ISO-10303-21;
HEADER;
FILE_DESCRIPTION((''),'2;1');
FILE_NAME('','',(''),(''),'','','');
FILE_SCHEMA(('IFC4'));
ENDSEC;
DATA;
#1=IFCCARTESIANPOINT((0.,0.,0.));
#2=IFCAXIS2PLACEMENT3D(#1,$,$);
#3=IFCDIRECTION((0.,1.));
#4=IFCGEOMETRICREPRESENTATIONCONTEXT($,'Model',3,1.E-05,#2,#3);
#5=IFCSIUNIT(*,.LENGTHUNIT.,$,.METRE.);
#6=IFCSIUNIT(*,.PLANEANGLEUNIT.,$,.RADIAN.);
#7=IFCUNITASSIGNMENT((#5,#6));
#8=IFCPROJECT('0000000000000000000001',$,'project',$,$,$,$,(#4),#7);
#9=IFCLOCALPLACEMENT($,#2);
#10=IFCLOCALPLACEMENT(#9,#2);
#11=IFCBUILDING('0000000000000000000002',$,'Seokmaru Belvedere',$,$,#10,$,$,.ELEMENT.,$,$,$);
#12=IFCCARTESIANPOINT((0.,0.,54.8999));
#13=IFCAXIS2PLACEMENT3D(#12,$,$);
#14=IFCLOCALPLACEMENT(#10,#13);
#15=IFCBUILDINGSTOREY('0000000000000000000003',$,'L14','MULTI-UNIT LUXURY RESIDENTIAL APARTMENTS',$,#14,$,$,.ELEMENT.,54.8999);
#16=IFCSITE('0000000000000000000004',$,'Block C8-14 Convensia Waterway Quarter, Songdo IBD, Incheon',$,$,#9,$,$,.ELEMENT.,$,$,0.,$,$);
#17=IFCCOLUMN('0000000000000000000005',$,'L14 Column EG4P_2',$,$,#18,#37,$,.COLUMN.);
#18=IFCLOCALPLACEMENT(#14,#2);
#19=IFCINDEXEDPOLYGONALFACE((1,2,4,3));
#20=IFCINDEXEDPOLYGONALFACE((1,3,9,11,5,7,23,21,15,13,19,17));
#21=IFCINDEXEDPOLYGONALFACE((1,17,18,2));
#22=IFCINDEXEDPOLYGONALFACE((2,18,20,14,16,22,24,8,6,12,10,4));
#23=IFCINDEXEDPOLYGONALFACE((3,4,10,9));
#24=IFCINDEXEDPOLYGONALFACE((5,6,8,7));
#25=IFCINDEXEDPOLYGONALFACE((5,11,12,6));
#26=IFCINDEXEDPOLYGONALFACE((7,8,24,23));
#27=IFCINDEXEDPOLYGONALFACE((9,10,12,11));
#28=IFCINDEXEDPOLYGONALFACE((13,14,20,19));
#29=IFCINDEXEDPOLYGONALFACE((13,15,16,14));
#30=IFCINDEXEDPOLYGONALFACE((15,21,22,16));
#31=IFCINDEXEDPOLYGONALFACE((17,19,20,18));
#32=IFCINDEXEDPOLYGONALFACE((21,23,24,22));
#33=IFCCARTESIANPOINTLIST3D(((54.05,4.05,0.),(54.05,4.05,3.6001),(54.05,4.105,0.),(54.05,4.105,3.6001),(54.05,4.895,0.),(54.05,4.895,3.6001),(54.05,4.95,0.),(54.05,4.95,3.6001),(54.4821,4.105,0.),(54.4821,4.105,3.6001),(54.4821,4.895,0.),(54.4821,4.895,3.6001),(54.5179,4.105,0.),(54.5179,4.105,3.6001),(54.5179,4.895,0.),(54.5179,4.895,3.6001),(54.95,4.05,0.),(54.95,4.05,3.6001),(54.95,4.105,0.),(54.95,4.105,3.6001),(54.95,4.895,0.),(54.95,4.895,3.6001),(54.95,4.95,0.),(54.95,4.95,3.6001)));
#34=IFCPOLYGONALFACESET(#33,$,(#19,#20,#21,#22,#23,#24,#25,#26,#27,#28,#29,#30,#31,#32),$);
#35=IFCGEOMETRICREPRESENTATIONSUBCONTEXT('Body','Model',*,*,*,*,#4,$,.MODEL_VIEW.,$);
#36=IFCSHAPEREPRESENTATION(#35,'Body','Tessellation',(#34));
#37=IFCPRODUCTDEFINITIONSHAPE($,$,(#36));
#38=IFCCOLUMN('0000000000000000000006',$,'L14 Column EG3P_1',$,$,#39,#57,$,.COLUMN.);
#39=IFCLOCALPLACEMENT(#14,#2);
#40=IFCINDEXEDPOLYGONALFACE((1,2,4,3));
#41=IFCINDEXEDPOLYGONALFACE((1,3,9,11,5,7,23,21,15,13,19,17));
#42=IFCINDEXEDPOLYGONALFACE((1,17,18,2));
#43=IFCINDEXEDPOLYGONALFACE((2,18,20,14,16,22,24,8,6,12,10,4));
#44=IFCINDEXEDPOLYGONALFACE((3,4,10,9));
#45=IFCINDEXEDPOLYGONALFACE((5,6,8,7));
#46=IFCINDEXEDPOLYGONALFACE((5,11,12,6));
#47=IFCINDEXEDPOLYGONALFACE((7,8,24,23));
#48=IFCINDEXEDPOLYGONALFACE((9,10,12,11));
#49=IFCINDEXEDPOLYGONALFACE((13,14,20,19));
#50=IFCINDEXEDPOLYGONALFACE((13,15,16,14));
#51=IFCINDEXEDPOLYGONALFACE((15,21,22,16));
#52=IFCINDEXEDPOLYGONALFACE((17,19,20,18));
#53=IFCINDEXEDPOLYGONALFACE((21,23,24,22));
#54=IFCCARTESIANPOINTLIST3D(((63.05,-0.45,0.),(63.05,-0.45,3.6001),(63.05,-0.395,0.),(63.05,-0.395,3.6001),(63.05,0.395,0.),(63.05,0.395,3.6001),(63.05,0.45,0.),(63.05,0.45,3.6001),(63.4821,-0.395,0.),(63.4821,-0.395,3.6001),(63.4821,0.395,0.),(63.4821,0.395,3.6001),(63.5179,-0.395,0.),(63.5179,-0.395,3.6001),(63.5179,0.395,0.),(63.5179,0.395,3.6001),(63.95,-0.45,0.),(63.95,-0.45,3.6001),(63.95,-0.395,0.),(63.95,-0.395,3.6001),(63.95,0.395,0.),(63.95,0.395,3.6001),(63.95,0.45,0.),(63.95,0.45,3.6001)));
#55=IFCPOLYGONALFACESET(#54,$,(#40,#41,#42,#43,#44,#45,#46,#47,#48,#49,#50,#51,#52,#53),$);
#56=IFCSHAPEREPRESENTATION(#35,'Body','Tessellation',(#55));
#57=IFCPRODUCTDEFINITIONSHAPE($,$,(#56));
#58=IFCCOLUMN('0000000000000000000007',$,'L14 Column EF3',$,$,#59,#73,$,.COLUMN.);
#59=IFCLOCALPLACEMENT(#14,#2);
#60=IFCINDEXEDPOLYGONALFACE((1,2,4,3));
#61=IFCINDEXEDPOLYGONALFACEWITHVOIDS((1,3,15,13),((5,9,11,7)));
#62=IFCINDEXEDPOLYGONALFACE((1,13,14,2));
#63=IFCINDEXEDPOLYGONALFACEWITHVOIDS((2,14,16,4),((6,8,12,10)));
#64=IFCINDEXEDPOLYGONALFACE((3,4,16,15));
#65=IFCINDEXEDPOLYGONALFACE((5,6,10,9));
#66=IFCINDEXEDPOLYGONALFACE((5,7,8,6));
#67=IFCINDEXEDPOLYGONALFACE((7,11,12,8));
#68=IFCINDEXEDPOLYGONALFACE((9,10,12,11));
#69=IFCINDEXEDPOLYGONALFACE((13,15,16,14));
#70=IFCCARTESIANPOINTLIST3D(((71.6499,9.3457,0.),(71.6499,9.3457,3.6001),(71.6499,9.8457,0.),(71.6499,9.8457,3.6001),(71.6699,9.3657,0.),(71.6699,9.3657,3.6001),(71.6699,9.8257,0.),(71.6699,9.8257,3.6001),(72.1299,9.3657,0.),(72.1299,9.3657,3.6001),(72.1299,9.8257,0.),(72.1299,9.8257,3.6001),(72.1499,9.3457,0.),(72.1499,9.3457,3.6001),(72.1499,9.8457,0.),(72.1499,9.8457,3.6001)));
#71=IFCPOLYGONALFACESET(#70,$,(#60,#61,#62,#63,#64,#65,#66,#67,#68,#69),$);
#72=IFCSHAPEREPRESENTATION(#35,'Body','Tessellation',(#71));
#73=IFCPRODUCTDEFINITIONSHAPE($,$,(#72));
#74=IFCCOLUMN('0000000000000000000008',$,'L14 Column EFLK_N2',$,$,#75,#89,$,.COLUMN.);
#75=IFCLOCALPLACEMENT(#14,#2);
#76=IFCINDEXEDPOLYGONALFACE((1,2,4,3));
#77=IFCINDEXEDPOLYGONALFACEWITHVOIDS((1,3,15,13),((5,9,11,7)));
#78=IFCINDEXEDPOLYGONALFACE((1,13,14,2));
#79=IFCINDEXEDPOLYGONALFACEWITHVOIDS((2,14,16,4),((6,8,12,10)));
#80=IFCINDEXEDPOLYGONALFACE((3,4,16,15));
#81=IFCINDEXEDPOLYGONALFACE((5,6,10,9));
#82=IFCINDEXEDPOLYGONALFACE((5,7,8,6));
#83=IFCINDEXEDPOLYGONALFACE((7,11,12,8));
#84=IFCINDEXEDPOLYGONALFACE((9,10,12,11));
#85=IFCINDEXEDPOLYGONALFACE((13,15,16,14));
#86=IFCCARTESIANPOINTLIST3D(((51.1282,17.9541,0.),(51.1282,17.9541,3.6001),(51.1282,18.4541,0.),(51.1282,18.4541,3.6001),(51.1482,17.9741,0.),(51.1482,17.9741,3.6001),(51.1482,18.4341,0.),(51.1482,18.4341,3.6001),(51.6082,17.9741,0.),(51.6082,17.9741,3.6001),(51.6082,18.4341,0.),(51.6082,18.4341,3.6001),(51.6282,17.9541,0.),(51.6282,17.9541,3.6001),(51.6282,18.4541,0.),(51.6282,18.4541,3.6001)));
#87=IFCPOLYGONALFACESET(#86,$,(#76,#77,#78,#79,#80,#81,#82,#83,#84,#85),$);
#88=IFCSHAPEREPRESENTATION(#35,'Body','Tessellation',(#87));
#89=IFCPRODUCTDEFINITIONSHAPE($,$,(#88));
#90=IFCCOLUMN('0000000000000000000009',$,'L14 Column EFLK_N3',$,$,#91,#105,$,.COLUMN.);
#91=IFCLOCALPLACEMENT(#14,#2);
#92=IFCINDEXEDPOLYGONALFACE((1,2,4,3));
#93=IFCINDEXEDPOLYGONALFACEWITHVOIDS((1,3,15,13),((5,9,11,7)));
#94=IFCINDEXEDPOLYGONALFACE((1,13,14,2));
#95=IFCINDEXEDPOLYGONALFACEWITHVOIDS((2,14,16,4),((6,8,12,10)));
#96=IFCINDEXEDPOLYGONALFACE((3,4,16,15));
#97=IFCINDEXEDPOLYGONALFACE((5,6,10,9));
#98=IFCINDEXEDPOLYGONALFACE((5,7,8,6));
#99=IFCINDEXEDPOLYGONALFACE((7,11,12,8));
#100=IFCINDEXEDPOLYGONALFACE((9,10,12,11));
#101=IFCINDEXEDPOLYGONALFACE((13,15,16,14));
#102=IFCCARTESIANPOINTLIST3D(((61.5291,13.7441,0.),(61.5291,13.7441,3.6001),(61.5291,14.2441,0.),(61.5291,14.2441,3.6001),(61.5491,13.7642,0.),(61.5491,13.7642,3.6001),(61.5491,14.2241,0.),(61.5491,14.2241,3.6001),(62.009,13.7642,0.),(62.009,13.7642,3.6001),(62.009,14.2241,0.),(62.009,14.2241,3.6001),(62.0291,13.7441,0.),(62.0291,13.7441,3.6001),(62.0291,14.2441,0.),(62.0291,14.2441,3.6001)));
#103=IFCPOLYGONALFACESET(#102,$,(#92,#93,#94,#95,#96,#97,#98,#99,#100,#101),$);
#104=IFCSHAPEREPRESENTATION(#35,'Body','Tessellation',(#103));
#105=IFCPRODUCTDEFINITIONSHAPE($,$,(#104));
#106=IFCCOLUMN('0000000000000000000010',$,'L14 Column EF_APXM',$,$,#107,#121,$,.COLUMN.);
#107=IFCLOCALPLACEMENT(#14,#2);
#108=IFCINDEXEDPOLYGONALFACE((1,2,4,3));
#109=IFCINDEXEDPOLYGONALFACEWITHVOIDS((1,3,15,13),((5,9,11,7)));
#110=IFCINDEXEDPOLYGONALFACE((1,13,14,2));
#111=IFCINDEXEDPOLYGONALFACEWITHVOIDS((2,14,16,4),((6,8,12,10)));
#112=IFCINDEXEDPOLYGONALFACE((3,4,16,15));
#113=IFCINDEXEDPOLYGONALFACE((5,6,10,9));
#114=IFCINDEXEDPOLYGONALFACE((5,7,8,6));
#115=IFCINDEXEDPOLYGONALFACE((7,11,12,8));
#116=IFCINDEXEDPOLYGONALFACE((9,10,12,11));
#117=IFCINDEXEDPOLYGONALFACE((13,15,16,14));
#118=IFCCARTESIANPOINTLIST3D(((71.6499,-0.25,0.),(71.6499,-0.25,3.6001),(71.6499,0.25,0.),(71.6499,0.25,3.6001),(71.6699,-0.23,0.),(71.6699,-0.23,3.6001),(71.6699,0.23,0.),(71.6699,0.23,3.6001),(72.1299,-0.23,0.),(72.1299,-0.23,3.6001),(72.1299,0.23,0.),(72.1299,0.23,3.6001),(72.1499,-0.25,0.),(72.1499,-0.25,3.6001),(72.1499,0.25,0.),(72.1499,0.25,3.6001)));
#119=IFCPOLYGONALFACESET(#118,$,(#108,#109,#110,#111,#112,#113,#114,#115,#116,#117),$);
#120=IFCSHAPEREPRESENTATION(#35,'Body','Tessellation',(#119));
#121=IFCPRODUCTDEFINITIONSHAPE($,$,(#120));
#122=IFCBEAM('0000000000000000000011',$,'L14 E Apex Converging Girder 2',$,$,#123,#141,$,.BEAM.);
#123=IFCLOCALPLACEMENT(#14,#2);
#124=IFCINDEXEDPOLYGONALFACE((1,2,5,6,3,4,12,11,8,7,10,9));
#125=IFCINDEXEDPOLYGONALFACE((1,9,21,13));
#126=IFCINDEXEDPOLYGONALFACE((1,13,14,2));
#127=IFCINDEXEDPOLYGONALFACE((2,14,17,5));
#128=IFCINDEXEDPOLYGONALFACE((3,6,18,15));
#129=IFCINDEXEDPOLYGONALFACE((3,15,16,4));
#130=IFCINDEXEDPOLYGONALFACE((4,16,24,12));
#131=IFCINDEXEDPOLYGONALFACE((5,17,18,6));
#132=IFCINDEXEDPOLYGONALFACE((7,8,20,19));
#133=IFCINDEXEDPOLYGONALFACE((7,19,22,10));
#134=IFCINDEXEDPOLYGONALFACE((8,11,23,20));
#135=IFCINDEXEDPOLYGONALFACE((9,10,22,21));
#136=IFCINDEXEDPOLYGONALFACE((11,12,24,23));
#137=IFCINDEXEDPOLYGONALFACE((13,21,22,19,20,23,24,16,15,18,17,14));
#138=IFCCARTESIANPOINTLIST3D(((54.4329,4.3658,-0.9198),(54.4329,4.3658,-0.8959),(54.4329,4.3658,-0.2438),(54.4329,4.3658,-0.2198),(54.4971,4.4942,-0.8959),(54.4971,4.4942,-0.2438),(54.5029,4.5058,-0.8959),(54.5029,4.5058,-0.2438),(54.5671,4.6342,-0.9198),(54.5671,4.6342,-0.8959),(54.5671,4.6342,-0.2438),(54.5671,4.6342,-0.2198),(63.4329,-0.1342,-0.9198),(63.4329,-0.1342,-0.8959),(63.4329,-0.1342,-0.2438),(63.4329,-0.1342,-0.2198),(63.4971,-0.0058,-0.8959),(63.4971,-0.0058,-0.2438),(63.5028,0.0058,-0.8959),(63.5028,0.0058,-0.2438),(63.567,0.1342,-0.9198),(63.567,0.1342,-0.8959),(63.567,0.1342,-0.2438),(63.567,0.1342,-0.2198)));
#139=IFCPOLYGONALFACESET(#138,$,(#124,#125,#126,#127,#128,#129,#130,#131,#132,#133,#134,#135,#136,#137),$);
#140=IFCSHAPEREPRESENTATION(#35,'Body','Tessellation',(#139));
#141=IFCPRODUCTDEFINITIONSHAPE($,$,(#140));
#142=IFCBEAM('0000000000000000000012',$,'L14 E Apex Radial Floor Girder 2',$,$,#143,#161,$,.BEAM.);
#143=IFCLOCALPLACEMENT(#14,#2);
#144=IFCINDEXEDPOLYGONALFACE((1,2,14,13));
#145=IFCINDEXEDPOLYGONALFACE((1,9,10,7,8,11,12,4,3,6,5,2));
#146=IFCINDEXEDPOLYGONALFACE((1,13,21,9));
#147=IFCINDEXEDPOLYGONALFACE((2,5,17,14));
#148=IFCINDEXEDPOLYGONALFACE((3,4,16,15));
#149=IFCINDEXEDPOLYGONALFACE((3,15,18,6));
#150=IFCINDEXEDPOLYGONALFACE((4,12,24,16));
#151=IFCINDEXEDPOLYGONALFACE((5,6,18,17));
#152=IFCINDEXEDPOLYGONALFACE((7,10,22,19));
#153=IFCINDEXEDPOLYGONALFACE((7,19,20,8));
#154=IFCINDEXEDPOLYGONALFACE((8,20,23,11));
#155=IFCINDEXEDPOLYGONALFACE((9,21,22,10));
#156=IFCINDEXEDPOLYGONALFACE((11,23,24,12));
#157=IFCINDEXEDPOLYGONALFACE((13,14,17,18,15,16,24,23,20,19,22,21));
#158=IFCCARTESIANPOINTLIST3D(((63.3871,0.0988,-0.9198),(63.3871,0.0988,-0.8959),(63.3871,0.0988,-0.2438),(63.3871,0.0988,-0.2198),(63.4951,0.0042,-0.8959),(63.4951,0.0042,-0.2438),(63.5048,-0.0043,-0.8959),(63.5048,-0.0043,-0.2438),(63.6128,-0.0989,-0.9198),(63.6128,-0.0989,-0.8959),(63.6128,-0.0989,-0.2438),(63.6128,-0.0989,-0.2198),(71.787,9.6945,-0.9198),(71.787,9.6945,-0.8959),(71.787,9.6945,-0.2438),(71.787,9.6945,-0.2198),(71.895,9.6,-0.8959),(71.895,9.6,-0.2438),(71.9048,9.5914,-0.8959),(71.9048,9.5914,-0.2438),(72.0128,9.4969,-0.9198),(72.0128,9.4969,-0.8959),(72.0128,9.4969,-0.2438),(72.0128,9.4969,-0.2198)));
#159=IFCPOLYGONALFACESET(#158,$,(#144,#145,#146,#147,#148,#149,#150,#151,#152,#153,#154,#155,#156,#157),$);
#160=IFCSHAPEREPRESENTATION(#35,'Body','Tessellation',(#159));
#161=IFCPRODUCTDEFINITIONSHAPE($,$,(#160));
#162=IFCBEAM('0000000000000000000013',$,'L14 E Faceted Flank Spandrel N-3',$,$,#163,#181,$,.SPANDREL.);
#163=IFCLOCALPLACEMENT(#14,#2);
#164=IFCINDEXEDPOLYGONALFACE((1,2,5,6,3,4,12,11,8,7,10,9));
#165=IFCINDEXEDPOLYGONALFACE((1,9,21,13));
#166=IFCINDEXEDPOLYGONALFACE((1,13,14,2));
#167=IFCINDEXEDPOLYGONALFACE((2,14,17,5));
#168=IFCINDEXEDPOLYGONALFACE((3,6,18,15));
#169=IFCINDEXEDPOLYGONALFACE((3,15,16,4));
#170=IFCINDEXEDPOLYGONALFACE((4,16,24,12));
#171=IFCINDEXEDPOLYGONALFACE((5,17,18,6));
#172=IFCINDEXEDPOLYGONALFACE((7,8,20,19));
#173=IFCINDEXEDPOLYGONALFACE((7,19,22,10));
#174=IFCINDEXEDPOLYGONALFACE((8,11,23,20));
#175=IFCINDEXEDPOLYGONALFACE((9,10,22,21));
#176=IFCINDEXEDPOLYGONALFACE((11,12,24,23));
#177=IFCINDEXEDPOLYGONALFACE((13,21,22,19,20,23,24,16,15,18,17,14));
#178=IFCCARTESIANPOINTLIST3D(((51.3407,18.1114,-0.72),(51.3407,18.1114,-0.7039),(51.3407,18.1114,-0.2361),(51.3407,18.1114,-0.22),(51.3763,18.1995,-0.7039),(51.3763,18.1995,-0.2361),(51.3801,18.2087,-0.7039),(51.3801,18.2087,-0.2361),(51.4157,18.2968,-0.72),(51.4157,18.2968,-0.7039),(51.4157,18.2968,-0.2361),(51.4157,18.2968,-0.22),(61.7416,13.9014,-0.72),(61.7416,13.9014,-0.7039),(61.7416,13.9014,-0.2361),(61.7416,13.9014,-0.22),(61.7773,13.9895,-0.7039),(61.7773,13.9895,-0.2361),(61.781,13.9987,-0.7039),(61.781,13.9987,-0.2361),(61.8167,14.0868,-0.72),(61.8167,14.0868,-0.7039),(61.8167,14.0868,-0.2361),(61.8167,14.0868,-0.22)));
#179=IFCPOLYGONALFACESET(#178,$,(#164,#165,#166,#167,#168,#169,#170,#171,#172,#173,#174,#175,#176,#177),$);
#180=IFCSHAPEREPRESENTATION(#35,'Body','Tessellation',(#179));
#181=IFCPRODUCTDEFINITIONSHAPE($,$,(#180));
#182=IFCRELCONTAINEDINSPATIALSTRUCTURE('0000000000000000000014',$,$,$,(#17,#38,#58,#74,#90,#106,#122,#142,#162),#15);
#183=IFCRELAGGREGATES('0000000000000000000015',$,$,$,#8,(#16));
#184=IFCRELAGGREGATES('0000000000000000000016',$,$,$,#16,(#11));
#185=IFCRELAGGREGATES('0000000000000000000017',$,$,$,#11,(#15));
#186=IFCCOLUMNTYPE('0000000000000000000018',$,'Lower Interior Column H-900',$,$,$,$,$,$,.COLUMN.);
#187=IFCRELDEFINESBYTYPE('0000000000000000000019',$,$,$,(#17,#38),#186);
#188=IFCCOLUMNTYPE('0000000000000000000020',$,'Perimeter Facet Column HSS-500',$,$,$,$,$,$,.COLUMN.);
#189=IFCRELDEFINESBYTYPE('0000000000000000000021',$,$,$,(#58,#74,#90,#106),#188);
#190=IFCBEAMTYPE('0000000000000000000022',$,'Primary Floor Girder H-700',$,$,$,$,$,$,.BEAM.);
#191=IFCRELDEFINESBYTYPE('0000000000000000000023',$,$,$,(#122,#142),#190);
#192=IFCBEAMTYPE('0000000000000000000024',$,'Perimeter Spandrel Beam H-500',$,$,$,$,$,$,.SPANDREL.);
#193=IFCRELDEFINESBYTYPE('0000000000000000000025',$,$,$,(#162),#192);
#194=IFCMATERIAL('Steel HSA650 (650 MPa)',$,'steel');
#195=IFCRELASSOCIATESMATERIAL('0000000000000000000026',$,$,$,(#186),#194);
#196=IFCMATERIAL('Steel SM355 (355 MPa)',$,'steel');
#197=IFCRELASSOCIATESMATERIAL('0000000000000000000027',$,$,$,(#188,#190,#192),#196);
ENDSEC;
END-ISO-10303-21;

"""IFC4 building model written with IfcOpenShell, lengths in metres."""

from ifc_helpers import new_model, si_unit, direction, frame, origin, origin_2d, place, context, subcontext, project, spatial, hollow_rectangle, i_section, extrude, source, transform, mapped, material, material_profile, profile_set, type_object, type_shapes, element, save


model = new_model("IFC4")

# Units and contexts
model_context = context("Model", 3, precision=1e-05, world=origin(), true_north=direction((0.0, 1.0)))
body_context = subcontext(model_context, "Body", "Model", "MODEL_VIEW")
ifc_project = project(units=[si_unit("LENGTHUNIT", "METRE"), si_unit("PLANEANGLEUNIT", "RADIAN")], contexts=[model_context])

# Site, building, storey
site_placement = place(None, origin())
site = spatial("IfcSite", under=ifc_project, at=site_placement, Name="Block C8-14 Convensia Waterway Quarter, Songdo IBD, Incheon", CompositionType="ELEMENT", RefElevation=0.0)
building_placement = place(site_placement, origin())
building = spatial("IfcBuilding", under=site, at=building_placement, Name="Seokmaru Belvedere", CompositionType="ELEMENT")
storey_placement = place(building_placement, frame((0.0, 0.0, 54.8999)))
storey = spatial("IfcBuildingStorey", under=building, at=storey_placement, Name="L14", Description="MULTI-UNIT LUXURY RESIDENTIAL APARTMENTS", CompositionType="ELEMENT", Elevation=54.8999)

# Columns
ifc_material_1 = material(Name="Steel HSA650 (650 MPa)", Category="steel")
ifc_material_profile_1 = material_profile(ifc_material_1, i_section(OverallWidth=0.8999, OverallDepth=0.8999, WebThickness=0.0359, FlangeThickness=0.0549, at=origin_2d()), Name="H-900x900x36x55")
ifc_profile_set_1 = profile_set([ifc_material_profile_1], Name="Steel HSA650 (650 MPa)")
column_type_1 = type_object("IfcColumnType", Name="Lower Interior Column H-900", PredefinedType="COLUMN", material=ifc_profile_set_1)
shared_shape_1 = source(origin(), body_context, "Body", "SweptSolid", [
    extrude(i_section(OverallWidth=0.8999, OverallDepth=0.8999, WebThickness=0.0359, FlangeThickness=0.0549, at=origin_2d()), origin(), (0.0, 0.0, 1.0), 3.6001),
])
type_shapes(column_type_1, [shared_shape_1])
for number, where, z_axis, x_axis, name in (
    (1, (54.5, 4.5, 0.0), (0.0, 0.0, 1.0), (1.0, 0.0, 0.0), "L14 Column EG4P_2"),
    (2, (63.5, 0.0, 0.0), (0.0, 0.0, 1.0), (1.0, 0.0, 0.0), "L14 Column EG3P_1"),
):
    element("IfcColumn", number, at=place(storey_placement, frame(where, z_axis=z_axis, x_axis=x_axis)), inside=storey, type_object=column_type_1, Name=name, PredefinedType="COLUMN", context=body_context, shape_type="MappedRepresentation", body=[
        mapped(shared_shape_1, transform((0.0, 0.0, 0.0), scale=1.0)),
    ])
ifc_material_2 = material(Name="Steel SM355 (355 MPa)", Category="steel")
ifc_material_profile_2 = material_profile(ifc_material_2, hollow_rectangle(XDim=0.5, YDim=0.5, WallThickness=0.02, at=origin_2d()), Name="HSS-500x500x20")
ifc_profile_set_2 = profile_set([ifc_material_profile_2], Name="Steel SM355 (355 MPa)")
column_type_2 = type_object("IfcColumnType", Name="Perimeter Facet Column HSS-500", PredefinedType="COLUMN", material=ifc_profile_set_2)
shared_shape_2 = source(origin(), body_context, "Body", "SweptSolid", [
    extrude(hollow_rectangle(XDim=0.5, YDim=0.5, WallThickness=0.02, at=origin_2d()), origin(), (0.0, 0.0, 1.0), 3.6001),
])
type_shapes(column_type_2, [shared_shape_2])
for number, where, z_axis, x_axis, name in (
    (3, (71.8999, 9.5957, 0.0), (0.0, 0.0, 1.0), (1.0, 0.0, 0.0), "L14 Column EF3"),
    (4, (51.3782, 18.2041, 0.0), (0.0, 0.0, 1.0), (1.0, 0.0, 0.0), "L14 Column EFLK_N2"),
    (5, (61.7791, 13.9941, 0.0), (0.0, 0.0, 1.0), (1.0, 0.0, 0.0), "L14 Column EFLK_N3"),
    (6, (71.8999, 0.0, 0.0), (0.0, 0.0, 1.0), (1.0, 0.0, 0.0), "L14 Column EF_APXM"),
):
    element("IfcColumn", number, at=place(storey_placement, frame(where, z_axis=z_axis, x_axis=x_axis)), inside=storey, type_object=column_type_2, Name=name, PredefinedType="COLUMN", context=body_context, shape_type="MappedRepresentation", body=[
        mapped(shared_shape_2, transform((0.0, 0.0, 0.0), scale=1.0)),
    ])

# Beams
ifc_material_profile_3 = material_profile(ifc_material_2, i_section(OverallWidth=0.3, OverallDepth=0.7, WebThickness=0.0129, FlangeThickness=0.0239, at=origin_2d()), Name="H-700x300x13x24")
ifc_profile_set_3 = profile_set([ifc_material_profile_3], Name="Steel SM355 (355 MPa)")
beam_type_1 = type_object("IfcBeamType", Name="Primary Floor Girder H-700", PredefinedType="BEAM", material=ifc_profile_set_3)
shared_shape_3 = source(origin(), body_context, "Body", "SweptSolid", [
    extrude(i_section(OverallWidth=0.3, OverallDepth=0.7, WebThickness=0.0129, FlangeThickness=0.0239, at=origin_2d()), origin(), (0.0, 0.0, 1.0), 10.0623),
])
beam_1_placement = place(storey_placement, frame((54.5, 4.5, -0.5698), z_axis=(0.894427, -0.447214, 0.0), x_axis=(0.447214, 0.894427, 0.0)))
element("IfcBeam", 7, at=beam_1_placement, inside=storey, type_object=beam_type_1, Name="L14 E Apex Converging Girder 2", PredefinedType="BEAM", context=body_context, shape_type="MappedRepresentation", body=[
    mapped(shared_shape_3, transform((0.0, 0.0, 0.0), scale=1.0)),
])
shared_shape_4 = source(origin(), body_context, "Body", "SweptSolid", [
    extrude(i_section(OverallWidth=0.3, OverallDepth=0.7, WebThickness=0.0129, FlangeThickness=0.0239, at=origin_2d()), origin(), (0.0, 0.0, 1.0), 12.7529),
])
beam_2_placement = place(storey_placement, frame((71.8999, 9.5957, -0.5698), z_axis=(-0.658667, -0.752434, 0.0), x_axis=(0.752434, -0.658667, 0.0)))
element("IfcBeam", 8, at=beam_2_placement, inside=storey, type_object=beam_type_1, Name="L14 E Apex Radial Floor Girder 2", PredefinedType="BEAM", context=body_context, shape_type="MappedRepresentation", body=[
    mapped(shared_shape_4, transform((0.0, 0.0, 0.0), scale=1.0)),
])
ifc_material_profile_4 = material_profile(ifc_material_2, i_section(OverallWidth=0.2, OverallDepth=0.5, WebThickness=0.01, FlangeThickness=0.0161, at=origin_2d()), Name="H-500x200x10x16")
ifc_profile_set_4 = profile_set([ifc_material_profile_4], Name="Steel SM355 (355 MPa)")
beam_type_2 = type_object("IfcBeamType", Name="Perimeter Spandrel Beam H-500", PredefinedType="SPANDREL", material=ifc_profile_set_4)
shared_shape_5 = source(origin(), body_context, "Body", "SweptSolid", [
    extrude(i_section(OverallWidth=0.2, OverallDepth=0.5, WebThickness=0.01, FlangeThickness=0.0161, at=origin_2d()), origin(), (0.0, 0.0, 1.0), 11.2207),
])
beam_3_placement = place(storey_placement, frame((51.3782, 18.2041, -0.47), z_axis=(0.926944, -0.375199, 0.0), x_axis=(0.375199, 0.926944, 0.0)))
element("IfcBeam", 9, at=beam_3_placement, inside=storey, type_object=beam_type_2, Name="L14 E Faceted Flank Spandrel N-3", PredefinedType="SPANDREL", context=body_context, shape_type="MappedRepresentation", body=[
    mapped(shared_shape_5, transform((0.0, 0.0, 0.0), scale=1.0)),
])

save(model, "model.ifc")
